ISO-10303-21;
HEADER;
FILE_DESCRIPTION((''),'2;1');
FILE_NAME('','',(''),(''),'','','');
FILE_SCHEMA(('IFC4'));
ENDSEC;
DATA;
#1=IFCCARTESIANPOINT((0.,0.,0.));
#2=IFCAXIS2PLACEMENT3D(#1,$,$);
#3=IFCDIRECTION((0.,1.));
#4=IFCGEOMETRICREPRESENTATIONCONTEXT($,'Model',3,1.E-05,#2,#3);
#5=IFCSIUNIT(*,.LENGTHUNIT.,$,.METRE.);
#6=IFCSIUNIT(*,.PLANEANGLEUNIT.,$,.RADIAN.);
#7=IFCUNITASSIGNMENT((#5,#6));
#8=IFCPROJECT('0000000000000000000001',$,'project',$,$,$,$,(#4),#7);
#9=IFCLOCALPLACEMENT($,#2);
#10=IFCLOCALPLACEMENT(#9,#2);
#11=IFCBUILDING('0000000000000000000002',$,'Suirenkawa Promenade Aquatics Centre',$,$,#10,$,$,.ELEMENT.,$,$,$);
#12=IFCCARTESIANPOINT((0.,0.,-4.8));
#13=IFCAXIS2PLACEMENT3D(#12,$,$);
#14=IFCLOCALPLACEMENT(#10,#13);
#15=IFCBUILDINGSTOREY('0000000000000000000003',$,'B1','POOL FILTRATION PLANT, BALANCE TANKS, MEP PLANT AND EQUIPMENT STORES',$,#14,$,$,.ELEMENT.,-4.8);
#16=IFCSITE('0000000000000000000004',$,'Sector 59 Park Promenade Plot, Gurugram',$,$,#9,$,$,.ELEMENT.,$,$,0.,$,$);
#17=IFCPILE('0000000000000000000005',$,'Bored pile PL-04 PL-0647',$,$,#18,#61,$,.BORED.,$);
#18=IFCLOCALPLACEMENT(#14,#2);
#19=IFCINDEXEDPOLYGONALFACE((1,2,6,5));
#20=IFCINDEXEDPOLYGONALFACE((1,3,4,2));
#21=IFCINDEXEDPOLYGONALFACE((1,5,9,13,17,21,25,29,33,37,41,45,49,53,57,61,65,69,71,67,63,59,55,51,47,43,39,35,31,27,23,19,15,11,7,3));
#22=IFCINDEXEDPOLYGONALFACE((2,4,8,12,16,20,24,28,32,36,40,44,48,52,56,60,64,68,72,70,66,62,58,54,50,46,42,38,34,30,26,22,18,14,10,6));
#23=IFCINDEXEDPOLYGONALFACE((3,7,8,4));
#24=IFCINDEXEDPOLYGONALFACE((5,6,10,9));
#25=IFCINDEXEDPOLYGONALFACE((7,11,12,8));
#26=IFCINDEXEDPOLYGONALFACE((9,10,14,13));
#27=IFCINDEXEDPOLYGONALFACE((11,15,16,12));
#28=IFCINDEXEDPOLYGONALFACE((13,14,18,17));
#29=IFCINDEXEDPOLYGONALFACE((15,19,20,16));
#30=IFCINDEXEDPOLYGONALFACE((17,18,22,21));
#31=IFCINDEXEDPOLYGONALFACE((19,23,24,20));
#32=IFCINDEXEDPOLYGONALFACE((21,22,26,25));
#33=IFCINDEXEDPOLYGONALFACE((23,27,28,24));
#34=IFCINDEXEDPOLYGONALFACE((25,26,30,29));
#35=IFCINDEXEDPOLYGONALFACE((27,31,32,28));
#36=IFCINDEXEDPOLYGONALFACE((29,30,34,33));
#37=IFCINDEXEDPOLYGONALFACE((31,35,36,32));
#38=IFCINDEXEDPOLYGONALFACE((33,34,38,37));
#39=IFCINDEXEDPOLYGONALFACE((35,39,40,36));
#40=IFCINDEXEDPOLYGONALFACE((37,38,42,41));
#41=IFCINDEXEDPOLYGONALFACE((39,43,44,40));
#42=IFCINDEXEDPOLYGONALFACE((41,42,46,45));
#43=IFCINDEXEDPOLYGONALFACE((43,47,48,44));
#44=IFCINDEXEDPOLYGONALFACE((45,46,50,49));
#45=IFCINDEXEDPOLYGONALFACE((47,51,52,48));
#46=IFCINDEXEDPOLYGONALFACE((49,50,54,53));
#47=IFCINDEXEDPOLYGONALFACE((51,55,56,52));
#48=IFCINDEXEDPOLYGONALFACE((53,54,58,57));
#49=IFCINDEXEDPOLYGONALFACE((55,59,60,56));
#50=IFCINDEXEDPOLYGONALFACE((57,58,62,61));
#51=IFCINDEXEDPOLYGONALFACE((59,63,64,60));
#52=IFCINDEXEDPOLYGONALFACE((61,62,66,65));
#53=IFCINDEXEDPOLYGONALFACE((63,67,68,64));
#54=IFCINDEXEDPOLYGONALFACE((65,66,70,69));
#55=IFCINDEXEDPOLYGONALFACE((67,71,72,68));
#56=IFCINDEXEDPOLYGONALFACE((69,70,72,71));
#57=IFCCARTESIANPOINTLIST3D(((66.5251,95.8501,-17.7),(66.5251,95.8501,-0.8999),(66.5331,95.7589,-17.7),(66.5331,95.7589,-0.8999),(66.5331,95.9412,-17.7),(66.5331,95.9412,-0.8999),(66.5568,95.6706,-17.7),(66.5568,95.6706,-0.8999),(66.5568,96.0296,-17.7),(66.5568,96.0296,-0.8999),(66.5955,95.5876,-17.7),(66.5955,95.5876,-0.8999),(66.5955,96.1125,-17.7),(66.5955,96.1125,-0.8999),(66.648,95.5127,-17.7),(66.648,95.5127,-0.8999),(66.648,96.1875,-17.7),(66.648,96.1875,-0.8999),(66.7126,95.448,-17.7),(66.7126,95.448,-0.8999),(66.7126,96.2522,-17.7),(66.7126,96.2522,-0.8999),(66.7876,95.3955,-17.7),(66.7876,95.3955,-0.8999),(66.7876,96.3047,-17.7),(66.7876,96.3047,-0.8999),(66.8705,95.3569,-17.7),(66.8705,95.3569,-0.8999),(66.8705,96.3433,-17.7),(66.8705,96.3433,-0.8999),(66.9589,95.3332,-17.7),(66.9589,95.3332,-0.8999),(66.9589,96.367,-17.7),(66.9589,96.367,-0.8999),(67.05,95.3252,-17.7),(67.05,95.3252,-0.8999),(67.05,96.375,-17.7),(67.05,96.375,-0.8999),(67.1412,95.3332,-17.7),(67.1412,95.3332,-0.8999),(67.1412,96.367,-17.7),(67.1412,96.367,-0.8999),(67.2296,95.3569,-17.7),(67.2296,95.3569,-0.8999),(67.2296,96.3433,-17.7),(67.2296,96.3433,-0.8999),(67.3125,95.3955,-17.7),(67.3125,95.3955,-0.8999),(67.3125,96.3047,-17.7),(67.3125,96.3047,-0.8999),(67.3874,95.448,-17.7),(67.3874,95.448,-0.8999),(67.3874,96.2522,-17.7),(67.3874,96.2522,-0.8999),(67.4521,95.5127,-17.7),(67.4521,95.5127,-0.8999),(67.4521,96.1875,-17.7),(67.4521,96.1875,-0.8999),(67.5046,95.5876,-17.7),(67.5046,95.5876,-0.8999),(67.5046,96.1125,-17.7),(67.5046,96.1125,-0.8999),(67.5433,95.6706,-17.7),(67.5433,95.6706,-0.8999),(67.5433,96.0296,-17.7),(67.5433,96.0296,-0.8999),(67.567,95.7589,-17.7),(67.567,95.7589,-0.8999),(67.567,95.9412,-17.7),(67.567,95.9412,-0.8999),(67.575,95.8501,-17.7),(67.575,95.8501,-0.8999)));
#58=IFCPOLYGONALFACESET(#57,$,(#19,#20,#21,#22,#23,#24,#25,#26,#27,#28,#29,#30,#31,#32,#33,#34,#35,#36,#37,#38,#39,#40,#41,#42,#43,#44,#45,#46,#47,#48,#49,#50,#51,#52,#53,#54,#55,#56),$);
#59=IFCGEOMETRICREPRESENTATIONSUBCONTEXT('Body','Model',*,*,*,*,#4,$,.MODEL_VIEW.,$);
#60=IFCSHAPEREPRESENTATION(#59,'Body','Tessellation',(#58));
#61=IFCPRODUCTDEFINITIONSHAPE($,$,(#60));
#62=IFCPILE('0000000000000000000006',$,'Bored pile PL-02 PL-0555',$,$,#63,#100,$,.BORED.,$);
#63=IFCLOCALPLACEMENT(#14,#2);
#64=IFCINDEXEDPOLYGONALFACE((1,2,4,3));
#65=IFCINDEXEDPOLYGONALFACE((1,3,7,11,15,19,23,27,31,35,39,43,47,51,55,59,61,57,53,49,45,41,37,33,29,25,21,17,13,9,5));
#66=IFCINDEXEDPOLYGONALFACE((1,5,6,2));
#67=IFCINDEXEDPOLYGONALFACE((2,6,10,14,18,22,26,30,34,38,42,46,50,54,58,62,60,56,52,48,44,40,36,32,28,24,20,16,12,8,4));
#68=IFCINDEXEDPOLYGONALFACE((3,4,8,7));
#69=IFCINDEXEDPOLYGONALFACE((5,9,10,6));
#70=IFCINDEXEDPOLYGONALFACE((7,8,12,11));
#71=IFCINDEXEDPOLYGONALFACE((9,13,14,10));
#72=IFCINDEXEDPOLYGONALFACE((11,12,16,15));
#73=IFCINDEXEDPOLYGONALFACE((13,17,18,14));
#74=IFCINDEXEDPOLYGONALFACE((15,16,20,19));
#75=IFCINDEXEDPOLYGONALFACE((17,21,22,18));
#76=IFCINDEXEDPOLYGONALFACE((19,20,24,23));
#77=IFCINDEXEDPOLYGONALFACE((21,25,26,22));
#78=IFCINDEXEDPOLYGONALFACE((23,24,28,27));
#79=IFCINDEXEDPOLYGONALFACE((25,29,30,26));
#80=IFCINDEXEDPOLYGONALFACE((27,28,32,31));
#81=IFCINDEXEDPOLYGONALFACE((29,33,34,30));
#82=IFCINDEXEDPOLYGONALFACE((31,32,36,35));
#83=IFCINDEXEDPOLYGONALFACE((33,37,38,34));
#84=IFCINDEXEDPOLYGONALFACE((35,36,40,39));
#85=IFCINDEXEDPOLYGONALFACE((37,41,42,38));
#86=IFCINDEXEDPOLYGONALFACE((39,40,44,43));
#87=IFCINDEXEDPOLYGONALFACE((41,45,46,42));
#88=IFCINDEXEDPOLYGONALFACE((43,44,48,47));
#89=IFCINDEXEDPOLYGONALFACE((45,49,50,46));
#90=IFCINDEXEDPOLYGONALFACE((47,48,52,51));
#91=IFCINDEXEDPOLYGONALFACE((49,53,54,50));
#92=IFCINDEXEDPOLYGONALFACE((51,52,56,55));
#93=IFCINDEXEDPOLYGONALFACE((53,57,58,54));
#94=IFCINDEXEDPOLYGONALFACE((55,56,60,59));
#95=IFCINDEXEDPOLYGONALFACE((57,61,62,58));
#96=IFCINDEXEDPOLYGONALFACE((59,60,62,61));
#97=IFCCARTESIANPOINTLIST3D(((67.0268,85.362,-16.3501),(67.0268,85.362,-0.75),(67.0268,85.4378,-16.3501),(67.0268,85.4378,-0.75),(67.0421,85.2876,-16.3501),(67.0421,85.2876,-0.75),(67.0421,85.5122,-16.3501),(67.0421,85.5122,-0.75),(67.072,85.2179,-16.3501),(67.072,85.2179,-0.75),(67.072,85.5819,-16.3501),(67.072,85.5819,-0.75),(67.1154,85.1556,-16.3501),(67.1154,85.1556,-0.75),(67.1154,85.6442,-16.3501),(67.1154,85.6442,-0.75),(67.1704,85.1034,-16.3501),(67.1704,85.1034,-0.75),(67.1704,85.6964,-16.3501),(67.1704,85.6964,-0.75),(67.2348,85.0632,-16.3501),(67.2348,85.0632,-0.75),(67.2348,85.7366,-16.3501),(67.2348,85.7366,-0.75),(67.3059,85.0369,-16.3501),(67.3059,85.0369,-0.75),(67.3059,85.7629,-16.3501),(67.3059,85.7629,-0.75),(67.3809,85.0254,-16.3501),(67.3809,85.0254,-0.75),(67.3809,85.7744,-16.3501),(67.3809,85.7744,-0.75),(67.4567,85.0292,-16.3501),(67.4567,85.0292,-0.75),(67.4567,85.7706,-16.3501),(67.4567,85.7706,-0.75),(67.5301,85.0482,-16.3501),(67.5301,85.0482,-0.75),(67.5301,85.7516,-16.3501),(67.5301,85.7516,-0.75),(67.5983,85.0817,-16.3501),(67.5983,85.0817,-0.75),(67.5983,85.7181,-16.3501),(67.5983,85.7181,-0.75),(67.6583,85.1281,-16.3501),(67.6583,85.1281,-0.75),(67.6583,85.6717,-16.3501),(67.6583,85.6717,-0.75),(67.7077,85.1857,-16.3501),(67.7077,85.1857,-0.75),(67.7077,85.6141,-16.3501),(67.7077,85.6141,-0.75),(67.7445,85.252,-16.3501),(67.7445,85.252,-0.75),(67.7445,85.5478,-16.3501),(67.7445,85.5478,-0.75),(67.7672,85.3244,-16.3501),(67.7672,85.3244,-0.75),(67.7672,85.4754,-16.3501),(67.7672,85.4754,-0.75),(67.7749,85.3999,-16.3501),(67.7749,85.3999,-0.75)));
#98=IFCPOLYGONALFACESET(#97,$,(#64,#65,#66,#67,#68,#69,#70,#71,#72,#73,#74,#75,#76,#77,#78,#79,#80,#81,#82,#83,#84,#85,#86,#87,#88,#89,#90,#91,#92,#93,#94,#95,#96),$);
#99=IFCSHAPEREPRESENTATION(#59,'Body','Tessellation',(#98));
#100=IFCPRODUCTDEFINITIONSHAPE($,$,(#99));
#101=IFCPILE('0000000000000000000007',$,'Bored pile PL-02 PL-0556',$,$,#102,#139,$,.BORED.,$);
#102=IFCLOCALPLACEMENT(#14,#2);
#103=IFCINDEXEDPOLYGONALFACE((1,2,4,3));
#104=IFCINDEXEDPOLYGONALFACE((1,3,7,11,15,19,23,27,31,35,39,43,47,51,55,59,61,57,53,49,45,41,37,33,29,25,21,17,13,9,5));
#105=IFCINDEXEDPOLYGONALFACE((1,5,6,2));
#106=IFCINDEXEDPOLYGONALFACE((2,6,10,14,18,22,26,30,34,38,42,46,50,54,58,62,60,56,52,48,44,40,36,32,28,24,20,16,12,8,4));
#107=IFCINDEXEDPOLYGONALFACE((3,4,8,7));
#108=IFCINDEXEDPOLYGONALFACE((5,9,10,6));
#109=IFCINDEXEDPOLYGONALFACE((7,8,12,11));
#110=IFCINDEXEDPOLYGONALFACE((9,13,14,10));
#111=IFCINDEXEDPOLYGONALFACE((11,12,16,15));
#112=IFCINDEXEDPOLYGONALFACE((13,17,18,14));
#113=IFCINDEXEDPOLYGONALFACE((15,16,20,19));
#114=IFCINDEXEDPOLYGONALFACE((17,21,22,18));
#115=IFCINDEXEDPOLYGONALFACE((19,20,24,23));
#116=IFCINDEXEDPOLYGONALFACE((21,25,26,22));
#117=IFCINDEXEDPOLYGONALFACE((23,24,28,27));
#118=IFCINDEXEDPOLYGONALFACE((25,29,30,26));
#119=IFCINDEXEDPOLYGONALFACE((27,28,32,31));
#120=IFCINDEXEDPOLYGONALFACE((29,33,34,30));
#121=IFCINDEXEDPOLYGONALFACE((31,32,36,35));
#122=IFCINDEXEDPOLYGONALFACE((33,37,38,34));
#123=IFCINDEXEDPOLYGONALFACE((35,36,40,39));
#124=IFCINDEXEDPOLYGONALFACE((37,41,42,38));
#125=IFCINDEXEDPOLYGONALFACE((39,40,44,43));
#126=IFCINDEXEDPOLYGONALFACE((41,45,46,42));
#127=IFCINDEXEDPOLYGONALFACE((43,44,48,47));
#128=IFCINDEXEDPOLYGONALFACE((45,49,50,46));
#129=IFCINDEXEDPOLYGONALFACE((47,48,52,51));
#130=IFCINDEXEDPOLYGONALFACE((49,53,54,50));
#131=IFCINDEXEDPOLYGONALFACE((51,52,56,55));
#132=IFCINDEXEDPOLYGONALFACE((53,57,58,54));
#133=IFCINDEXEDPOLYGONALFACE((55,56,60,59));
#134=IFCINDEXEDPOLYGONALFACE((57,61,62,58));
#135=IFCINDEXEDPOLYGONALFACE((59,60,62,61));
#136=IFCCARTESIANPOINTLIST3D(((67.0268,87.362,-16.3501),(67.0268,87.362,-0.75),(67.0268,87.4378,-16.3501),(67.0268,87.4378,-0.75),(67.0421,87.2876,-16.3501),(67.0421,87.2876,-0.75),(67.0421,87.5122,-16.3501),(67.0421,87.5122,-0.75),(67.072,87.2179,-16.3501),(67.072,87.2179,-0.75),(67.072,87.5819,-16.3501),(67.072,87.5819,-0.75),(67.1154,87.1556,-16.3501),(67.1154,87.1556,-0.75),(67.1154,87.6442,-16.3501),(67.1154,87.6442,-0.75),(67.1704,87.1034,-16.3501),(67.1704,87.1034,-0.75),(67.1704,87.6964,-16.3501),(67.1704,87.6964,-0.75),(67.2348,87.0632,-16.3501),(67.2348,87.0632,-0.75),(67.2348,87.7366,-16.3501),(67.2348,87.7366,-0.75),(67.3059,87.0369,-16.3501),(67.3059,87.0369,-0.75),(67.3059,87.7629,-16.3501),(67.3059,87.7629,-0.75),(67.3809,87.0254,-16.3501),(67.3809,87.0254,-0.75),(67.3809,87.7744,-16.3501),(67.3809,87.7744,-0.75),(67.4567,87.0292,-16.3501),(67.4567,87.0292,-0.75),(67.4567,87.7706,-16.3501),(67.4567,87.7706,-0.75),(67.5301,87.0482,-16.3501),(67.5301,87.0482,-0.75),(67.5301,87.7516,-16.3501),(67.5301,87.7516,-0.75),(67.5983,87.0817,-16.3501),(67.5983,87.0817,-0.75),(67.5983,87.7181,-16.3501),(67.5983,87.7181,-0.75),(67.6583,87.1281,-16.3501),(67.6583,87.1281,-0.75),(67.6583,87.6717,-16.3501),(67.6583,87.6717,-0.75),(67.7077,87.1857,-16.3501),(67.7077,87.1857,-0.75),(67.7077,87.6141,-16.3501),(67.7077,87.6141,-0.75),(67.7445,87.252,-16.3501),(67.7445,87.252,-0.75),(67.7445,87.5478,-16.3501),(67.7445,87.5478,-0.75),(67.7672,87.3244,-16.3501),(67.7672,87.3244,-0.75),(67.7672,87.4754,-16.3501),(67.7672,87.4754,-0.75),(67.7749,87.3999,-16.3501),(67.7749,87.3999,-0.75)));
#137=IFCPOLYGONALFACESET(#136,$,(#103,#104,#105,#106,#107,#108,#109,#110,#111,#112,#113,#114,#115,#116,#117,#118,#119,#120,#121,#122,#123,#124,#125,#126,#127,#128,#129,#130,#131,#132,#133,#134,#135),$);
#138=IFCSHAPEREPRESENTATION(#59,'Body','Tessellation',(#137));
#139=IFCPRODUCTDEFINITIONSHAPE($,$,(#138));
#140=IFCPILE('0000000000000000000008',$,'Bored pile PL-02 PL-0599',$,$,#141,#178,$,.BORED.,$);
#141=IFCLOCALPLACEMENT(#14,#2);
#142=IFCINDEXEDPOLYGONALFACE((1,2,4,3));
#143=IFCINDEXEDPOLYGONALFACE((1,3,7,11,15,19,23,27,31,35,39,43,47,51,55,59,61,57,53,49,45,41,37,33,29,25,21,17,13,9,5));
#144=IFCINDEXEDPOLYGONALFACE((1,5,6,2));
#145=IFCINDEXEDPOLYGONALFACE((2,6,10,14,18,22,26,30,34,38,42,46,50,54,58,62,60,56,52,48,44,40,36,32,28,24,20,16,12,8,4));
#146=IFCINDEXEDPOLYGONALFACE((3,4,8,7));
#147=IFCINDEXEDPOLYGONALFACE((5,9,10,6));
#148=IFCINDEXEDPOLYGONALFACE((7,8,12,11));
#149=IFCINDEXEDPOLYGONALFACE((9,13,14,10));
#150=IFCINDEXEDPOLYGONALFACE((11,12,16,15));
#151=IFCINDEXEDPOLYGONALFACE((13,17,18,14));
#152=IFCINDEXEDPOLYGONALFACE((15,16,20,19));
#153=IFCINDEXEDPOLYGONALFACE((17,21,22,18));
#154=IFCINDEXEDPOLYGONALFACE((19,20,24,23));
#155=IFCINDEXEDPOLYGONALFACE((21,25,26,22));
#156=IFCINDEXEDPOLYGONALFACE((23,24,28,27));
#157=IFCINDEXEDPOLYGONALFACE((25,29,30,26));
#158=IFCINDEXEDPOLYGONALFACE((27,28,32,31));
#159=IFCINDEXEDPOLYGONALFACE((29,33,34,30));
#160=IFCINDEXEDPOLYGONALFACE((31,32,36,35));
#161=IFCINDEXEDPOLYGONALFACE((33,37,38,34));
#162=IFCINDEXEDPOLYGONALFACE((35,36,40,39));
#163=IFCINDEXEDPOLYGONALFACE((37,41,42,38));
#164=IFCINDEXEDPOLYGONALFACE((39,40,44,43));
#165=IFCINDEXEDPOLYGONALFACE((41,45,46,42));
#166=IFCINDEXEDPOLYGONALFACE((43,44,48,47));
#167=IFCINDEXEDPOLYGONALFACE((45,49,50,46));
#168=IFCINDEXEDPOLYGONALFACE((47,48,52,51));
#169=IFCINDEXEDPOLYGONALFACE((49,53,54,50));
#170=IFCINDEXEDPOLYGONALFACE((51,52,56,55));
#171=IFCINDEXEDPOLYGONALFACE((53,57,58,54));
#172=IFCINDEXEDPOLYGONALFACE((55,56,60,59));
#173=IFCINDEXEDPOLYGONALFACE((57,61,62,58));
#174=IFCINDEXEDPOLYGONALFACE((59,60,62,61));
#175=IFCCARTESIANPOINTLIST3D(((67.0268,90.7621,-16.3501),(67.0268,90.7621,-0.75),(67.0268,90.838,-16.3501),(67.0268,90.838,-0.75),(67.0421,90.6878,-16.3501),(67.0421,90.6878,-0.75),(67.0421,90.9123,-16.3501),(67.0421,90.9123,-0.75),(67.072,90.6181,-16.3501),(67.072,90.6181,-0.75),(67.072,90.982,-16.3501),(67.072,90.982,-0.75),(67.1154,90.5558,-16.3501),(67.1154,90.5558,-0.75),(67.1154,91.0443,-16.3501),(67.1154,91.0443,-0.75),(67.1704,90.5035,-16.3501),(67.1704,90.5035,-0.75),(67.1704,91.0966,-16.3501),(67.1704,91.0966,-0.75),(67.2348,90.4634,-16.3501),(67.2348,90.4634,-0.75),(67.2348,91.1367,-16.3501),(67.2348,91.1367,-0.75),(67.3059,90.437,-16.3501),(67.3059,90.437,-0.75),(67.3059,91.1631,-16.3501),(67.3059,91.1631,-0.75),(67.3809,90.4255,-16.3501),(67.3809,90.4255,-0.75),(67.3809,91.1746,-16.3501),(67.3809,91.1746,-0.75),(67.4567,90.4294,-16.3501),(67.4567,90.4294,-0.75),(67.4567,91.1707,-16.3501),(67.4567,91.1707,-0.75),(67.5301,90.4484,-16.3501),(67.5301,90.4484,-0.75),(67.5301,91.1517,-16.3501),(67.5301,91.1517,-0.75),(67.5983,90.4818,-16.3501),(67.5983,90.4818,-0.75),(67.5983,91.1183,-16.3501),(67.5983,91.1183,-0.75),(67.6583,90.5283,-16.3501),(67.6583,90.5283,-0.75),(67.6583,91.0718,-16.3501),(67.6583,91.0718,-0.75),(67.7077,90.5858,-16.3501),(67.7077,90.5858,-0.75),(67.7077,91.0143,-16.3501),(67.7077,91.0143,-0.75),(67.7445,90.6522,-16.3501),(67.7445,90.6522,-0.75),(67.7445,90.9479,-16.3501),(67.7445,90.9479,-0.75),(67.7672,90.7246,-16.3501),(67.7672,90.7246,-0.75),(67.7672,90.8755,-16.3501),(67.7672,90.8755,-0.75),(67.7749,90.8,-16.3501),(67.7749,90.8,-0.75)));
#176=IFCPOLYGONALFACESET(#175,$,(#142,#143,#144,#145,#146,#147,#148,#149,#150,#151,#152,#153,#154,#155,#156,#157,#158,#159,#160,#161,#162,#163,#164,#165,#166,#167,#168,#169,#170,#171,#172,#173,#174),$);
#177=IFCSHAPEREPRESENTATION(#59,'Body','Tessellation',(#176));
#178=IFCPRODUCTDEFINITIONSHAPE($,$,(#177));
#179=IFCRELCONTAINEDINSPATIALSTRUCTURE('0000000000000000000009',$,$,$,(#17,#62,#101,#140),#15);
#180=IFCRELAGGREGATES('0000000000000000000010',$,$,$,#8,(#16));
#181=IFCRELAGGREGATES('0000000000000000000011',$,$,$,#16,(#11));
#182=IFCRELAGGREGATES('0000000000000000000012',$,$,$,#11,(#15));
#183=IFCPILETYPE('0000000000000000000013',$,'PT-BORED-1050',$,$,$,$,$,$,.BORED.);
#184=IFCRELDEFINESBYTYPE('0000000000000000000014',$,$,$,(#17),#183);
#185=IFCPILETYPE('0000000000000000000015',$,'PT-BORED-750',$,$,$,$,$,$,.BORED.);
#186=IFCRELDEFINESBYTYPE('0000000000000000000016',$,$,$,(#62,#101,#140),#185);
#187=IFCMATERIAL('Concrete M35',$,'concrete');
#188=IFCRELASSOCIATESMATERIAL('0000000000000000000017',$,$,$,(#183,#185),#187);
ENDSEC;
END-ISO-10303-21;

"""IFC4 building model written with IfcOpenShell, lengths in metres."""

from ifc_helpers import new_model, si_unit, direction, frame, origin, origin_2d, place, context, subcontext, project, spatial, circle, extrude, material, material_profile, profile_set, type_object, element, save


model = new_model("IFC4")

# Units and contexts
model_context = context("Model", 3, precision=1e-05, world=origin(), true_north=direction((0.0, 1.0)))
body_context = subcontext(model_context, "Body", "Model", "MODEL_VIEW")
ifc_project = project(units=[si_unit("LENGTHUNIT", "METRE"), si_unit("PLANEANGLEUNIT", "RADIAN")], contexts=[model_context])

# Site, building, storey
site_placement = place(None, origin())
site = spatial("IfcSite", under=ifc_project, at=site_placement, Name="Sector 59 Park Promenade Plot, Gurugram", CompositionType="ELEMENT", RefElevation=0.0)
building_placement = place(site_placement, origin())
building = spatial("IfcBuilding", under=site, at=building_placement, Name="Suirenkawa Promenade Aquatics Centre", CompositionType="ELEMENT")
storey_placement = place(building_placement, frame((0.0, 0.0, -4.8)))
storey = spatial("IfcBuildingStorey", under=building, at=storey_placement, Name="B1", Description="POOL FILTRATION PLANT, BALANCE TANKS, MEP PLANT AND EQUIPMENT STORES", CompositionType="ELEMENT", Elevation=-4.8)

# Shared definitions
ifc_material_1 = material(Name="Concrete M35", Category="concrete")

# Piles
ifc_material_profile_1 = material_profile(ifc_material_1, circle(Radius=0.5249, at=origin_2d()), Name="PILE D1050", Category="concrete")
ifc_profile_set_1 = profile_set([ifc_material_profile_1], Name="Concrete M35")
pile_type_1 = type_object("IfcPileType", Name="PT-BORED-1050", PredefinedType="BORED", material=ifc_profile_set_1)
for number, where, z_axis, x_axis, name in (
    (1, (67.05, 95.8501, -0.8999), (0.0, 0.0, -1.0), (1.0, 0.0, 0.0), "Bored pile PL-04 PL-0647"),
):
    element("IfcPile", number, at=place(storey_placement, frame(where, z_axis=z_axis, x_axis=x_axis)), inside=storey, type_object=pile_type_1, Name=name, PredefinedType="BORED", context=body_context, shape_type="SweptSolid", body=[
        extrude(circle(Radius=0.5249, at=origin_2d()), origin(), (0.0, 0.0, 1.0), 16.8),
    ])
ifc_material_profile_2 = material_profile(ifc_material_1, circle(Radius=0.375, at=origin_2d()), Name="PILE D750", Category="concrete")
ifc_profile_set_2 = profile_set([ifc_material_profile_2], Name="Concrete M35")
pile_type_2 = type_object("IfcPileType", Name="PT-BORED-750", PredefinedType="BORED", material=ifc_profile_set_2)
for number, where, z_axis, x_axis, name in (
    (2, (67.3999, 85.3999, -0.75), (0.0, 0.0, -1.0), (1.0, 0.0, 0.0), "Bored pile PL-02 PL-0555"),
    (3, (67.3999, 87.3999, -0.75), (0.0, 0.0, -1.0), (1.0, 0.0, 0.0), "Bored pile PL-02 PL-0556"),
    (4, (67.3999, 90.8, -0.75), (0.0, 0.0, -1.0), (1.0, 0.0, 0.0), "Bored pile PL-02 PL-0599"),
):
    element("IfcPile", number, at=place(storey_placement, frame(where, z_axis=z_axis, x_axis=x_axis)), inside=storey, type_object=pile_type_2, Name=name, PredefinedType="BORED", context=body_context, shape_type="SweptSolid", body=[
        extrude(circle(Radius=0.375, at=origin_2d()), origin(), (0.0, 0.0, 1.0), 15.6001),
    ])

save(model, "model.ifc")
